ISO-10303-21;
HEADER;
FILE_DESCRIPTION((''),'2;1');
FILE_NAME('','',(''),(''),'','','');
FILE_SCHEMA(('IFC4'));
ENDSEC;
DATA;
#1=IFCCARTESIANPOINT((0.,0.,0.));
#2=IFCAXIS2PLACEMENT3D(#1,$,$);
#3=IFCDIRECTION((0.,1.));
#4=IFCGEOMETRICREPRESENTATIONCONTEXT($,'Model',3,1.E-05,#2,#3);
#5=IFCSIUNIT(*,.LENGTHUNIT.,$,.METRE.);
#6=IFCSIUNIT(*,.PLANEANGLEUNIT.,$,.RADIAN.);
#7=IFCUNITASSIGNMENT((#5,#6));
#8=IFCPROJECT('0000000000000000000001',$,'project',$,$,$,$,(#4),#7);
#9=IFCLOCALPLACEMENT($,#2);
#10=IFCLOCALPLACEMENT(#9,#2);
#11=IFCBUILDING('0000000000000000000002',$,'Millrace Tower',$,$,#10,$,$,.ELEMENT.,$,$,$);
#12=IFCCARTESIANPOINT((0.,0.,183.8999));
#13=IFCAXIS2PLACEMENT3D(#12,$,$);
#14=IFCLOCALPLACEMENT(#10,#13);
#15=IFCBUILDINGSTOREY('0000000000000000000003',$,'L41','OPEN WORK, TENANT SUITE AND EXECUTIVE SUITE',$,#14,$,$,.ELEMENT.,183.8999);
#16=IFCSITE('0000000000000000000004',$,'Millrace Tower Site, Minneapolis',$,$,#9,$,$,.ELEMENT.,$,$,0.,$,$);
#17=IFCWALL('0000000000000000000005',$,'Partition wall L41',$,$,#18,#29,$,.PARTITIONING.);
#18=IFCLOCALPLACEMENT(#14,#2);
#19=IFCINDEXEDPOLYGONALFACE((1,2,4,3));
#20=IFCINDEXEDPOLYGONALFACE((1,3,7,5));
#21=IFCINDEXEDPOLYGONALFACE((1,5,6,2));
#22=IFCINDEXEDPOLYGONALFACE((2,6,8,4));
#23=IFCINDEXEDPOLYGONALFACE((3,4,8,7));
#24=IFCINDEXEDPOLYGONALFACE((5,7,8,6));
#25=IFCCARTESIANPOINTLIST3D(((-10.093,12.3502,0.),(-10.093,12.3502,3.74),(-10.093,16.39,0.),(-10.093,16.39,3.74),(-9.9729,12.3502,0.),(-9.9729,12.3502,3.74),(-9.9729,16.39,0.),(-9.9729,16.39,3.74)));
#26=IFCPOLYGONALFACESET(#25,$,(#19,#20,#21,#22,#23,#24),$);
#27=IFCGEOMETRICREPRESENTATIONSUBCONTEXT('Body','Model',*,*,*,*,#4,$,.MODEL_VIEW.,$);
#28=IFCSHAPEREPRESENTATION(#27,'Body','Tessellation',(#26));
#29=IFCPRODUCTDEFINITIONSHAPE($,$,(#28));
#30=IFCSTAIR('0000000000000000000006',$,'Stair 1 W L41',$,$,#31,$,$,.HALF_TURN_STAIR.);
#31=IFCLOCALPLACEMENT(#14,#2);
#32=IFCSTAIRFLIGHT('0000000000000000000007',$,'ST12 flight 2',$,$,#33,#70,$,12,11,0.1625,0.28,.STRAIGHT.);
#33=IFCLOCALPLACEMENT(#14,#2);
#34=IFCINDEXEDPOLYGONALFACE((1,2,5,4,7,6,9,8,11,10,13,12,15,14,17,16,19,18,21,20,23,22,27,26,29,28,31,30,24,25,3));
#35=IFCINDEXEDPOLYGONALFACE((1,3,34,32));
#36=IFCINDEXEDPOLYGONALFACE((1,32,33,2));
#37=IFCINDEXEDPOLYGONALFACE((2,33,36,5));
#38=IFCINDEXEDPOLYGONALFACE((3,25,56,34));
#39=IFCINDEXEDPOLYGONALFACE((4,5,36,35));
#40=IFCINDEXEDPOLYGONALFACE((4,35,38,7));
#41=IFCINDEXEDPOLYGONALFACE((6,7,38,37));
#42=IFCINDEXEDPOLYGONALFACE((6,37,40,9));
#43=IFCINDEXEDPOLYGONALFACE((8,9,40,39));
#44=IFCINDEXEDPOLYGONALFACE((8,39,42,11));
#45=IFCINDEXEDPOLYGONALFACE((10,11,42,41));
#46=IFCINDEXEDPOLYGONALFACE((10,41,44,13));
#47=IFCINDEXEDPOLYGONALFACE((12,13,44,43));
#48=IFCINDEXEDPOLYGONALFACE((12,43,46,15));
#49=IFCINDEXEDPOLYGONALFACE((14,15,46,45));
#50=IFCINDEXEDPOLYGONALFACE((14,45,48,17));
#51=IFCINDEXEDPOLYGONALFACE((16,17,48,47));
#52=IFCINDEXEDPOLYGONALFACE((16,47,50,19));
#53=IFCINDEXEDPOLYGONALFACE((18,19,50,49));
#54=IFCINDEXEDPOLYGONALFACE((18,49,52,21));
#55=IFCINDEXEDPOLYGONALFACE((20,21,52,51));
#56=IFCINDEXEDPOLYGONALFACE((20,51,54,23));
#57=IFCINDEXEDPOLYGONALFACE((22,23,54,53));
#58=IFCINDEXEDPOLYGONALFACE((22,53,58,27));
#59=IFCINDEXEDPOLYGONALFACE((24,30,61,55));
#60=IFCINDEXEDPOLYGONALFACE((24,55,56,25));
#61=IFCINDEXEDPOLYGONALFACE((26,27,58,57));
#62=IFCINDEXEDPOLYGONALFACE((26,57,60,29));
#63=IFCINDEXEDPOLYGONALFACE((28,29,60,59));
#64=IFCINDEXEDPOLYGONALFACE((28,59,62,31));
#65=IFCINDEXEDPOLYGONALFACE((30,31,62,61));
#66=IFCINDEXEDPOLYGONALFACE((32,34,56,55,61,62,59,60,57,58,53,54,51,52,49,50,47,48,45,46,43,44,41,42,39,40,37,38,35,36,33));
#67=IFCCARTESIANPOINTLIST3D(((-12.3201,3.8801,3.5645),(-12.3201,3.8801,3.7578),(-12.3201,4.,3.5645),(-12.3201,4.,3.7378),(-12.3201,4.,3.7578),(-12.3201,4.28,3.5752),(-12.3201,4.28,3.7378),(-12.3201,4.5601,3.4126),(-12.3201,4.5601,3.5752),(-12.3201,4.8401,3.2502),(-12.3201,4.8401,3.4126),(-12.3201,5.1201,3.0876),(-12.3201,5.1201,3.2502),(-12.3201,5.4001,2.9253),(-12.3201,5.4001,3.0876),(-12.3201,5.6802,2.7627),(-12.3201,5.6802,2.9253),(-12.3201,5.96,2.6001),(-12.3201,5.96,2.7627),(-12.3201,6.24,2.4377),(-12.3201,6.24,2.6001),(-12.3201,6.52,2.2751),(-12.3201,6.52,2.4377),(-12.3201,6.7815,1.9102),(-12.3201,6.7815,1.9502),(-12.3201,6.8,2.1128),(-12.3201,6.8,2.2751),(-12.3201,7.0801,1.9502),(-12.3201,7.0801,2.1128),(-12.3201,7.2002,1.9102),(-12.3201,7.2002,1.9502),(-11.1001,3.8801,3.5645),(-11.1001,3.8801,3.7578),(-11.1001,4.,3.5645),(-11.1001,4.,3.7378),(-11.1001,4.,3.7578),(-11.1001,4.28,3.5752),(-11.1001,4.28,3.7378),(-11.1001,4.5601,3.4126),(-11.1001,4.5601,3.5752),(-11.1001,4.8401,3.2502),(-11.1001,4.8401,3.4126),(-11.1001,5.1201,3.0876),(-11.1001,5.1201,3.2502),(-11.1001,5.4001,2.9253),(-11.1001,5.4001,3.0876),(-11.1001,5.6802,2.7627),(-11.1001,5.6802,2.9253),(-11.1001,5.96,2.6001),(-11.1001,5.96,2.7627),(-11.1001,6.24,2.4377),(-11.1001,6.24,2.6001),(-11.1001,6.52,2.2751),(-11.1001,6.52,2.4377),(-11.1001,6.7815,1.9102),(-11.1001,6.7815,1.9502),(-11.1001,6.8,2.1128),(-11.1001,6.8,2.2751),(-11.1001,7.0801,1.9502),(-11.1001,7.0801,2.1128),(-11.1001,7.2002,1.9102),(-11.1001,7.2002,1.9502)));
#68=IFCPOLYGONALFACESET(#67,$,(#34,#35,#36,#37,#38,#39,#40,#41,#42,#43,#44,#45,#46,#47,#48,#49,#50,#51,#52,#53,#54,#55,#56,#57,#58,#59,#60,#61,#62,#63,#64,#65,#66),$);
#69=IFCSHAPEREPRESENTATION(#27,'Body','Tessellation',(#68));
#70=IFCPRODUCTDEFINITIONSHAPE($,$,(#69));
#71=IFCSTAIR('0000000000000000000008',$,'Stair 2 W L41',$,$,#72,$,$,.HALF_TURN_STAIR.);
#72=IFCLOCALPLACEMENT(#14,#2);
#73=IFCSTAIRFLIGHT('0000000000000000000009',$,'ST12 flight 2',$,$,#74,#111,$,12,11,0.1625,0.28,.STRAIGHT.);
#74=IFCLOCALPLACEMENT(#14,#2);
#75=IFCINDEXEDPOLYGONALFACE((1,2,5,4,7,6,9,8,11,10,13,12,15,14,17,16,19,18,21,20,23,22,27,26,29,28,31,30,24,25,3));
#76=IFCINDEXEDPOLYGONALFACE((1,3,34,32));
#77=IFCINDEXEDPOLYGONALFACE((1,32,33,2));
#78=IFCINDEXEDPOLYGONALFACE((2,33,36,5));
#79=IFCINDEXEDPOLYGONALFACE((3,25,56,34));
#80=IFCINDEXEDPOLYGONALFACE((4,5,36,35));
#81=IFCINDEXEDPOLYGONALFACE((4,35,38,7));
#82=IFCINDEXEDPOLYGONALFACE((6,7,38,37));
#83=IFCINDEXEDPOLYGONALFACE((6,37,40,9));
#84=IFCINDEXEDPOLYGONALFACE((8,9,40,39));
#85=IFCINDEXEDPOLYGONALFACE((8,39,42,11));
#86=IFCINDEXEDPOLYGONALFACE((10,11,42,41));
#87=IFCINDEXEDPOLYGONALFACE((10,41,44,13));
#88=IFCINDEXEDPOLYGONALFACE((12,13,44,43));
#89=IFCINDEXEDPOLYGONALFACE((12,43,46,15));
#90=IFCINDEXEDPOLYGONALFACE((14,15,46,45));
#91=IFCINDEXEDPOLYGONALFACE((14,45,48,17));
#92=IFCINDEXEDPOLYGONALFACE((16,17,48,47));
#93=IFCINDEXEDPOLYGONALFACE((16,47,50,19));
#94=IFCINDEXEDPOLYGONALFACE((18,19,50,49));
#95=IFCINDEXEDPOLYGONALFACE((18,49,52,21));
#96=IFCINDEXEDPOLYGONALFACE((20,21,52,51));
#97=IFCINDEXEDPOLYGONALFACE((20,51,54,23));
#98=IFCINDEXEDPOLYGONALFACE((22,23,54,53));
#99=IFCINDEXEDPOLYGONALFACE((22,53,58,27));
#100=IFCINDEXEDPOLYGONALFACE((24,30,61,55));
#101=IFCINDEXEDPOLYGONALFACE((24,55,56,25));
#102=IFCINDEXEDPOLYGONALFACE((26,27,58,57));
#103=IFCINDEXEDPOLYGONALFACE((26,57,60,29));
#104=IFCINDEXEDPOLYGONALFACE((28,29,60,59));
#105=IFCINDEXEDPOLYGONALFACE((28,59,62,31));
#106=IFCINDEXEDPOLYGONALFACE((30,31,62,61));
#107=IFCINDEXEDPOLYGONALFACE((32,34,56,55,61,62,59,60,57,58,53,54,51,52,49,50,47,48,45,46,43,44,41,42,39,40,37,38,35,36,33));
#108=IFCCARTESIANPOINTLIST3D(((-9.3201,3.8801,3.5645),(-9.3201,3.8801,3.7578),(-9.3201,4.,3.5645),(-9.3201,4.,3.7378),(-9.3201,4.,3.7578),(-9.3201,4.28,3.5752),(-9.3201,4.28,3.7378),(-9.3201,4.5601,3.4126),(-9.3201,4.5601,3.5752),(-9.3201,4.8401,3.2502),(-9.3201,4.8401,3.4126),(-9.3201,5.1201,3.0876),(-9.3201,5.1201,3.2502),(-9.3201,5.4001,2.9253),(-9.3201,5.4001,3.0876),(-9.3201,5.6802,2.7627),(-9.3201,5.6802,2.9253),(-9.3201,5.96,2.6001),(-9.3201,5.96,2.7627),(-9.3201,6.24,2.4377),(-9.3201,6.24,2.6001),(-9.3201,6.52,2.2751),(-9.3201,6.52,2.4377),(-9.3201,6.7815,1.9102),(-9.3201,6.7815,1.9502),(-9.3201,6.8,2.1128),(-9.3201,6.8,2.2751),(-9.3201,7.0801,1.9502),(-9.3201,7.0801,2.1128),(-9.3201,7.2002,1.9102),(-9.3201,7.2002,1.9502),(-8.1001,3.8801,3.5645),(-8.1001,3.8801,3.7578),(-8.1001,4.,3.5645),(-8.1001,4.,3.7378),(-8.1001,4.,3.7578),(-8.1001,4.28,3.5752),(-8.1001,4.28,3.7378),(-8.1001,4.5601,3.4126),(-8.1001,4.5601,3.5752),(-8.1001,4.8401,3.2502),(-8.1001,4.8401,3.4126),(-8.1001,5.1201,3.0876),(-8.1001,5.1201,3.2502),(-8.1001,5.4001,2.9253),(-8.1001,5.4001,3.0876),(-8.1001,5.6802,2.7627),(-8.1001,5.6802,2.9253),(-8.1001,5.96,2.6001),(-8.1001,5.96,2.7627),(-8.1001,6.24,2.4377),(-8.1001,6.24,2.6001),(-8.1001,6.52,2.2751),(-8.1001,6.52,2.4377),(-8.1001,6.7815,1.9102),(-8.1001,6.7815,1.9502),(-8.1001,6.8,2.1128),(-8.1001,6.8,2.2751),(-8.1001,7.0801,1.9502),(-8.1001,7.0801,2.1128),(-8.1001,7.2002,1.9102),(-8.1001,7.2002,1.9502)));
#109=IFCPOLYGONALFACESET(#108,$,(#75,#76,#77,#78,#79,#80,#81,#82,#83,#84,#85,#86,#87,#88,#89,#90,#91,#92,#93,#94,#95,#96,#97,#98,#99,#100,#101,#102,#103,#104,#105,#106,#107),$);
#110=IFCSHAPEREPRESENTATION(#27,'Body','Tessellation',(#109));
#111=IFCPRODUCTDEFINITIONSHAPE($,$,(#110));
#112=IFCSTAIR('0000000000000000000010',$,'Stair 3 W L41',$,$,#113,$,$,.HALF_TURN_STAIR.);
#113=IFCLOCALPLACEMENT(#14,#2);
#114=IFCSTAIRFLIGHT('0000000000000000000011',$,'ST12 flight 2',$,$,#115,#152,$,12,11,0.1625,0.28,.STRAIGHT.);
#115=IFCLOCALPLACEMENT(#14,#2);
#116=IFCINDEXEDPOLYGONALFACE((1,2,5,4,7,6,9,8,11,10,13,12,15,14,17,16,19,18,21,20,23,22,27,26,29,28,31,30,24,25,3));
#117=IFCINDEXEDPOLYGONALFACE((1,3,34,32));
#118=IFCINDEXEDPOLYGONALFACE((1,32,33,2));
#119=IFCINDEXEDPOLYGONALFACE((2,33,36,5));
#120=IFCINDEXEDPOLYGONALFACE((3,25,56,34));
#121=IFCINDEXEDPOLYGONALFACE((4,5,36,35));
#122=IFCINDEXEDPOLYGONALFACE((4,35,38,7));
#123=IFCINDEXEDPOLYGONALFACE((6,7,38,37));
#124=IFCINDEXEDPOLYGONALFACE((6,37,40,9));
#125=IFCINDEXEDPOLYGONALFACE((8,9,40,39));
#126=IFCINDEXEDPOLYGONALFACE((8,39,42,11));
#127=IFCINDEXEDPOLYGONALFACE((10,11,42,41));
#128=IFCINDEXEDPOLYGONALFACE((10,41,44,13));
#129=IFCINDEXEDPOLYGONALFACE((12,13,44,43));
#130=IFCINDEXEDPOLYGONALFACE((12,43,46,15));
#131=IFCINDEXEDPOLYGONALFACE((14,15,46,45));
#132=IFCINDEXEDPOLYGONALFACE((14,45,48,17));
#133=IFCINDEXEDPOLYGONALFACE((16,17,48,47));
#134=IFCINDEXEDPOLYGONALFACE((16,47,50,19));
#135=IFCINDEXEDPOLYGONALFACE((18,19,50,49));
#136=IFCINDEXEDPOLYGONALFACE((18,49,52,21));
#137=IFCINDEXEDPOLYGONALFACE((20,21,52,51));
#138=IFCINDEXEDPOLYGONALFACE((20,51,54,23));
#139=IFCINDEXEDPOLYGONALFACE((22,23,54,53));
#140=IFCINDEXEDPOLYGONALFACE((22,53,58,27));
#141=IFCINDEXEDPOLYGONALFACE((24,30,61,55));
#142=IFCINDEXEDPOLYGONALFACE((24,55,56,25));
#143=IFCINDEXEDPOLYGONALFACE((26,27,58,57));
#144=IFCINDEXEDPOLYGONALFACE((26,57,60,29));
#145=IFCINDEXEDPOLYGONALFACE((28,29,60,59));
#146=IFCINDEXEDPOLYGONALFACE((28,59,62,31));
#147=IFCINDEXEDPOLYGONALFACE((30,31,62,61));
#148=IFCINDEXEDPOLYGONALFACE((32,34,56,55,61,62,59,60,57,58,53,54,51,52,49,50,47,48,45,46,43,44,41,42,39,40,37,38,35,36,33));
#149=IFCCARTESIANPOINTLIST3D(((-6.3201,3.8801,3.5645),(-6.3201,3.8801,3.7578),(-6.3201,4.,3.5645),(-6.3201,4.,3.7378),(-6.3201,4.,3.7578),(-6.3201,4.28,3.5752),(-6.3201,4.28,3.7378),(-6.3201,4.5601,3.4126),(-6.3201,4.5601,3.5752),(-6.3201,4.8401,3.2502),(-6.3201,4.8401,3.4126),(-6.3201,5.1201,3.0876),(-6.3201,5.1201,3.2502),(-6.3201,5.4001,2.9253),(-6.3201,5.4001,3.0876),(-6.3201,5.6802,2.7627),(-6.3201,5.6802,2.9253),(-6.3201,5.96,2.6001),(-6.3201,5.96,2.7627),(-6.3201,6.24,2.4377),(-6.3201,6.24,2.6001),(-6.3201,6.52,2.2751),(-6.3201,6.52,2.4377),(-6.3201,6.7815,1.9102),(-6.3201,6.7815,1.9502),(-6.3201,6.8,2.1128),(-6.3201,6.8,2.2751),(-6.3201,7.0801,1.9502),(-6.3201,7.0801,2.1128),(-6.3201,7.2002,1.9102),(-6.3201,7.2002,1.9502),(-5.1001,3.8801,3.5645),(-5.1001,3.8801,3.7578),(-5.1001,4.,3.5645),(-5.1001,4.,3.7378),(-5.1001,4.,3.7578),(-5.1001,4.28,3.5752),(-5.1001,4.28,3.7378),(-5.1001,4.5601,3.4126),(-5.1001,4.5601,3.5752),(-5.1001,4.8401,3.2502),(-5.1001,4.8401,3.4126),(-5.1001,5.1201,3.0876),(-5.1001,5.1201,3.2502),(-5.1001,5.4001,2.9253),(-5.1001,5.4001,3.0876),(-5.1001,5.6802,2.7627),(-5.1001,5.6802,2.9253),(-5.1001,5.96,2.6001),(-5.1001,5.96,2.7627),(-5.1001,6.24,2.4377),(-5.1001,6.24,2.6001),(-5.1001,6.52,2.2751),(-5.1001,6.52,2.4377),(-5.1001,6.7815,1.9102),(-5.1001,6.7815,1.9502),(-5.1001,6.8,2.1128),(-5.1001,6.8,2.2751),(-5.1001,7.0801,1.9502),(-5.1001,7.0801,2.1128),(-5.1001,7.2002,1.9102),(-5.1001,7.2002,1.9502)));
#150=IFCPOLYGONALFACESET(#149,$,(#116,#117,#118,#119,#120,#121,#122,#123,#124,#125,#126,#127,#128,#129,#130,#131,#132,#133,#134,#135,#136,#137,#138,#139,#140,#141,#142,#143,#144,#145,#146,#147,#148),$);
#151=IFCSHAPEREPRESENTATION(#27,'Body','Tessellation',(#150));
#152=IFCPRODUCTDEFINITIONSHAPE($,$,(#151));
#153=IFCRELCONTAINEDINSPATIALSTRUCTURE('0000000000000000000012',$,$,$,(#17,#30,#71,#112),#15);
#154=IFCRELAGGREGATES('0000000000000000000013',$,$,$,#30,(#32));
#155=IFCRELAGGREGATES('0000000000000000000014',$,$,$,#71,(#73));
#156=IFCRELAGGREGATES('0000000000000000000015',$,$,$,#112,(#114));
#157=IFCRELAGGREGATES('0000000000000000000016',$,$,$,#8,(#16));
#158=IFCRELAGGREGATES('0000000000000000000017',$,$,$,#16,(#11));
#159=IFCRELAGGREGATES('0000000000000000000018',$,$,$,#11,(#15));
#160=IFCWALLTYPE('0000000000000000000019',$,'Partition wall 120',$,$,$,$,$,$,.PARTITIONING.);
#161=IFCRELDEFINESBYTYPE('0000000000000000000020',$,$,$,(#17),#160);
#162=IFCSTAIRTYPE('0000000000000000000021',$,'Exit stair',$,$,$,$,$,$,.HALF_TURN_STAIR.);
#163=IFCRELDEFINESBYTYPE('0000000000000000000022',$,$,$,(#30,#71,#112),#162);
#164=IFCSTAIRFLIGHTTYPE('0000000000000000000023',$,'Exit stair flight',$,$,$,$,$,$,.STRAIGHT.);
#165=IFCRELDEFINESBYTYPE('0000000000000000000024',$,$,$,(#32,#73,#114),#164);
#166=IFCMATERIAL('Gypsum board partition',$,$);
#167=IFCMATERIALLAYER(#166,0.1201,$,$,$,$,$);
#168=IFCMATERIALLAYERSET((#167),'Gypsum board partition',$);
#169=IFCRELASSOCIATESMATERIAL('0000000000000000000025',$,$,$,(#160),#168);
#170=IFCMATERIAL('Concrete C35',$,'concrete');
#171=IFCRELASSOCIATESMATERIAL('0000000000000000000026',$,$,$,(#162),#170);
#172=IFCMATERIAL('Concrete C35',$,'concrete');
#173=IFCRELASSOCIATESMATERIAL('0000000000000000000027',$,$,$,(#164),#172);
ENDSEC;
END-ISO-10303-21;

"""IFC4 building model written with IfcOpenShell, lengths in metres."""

from ifc_helpers import new_model, si_unit, direction, frame, frame_2d, origin, place, context, subcontext, project, spatial, polyline, rectangle, outline, extrude, material, layer, layer_set, type_object, element, aggregate, save


model = new_model("IFC4")

# Units and contexts
model_context = context("Model", 3, precision=1e-05, world=origin(), true_north=direction((0.0, 1.0)))
body_context = subcontext(model_context, "Body", "Model", "MODEL_VIEW")
ifc_project = project(units=[si_unit("LENGTHUNIT", "METRE"), si_unit("PLANEANGLEUNIT", "RADIAN")], contexts=[model_context])

# Site, building, storey
site_placement = place(None, origin())
site = spatial("IfcSite", under=ifc_project, at=site_placement, Name="Millrace Tower Site, Minneapolis", CompositionType="ELEMENT", RefElevation=0.0)
building_placement = place(site_placement, origin())
building = spatial("IfcBuilding", under=site, at=building_placement, Name="Millrace Tower", CompositionType="ELEMENT")
storey_placement = place(building_placement, frame((0.0, 0.0, 183.8999)))
storey = spatial("IfcBuildingStorey", under=building, at=storey_placement, Name="L41", Description="OPEN WORK, TENANT SUITE AND EXECUTIVE SUITE", CompositionType="ELEMENT", Elevation=183.8999)

# Shared definitions
placement = place(storey_placement, origin())

# Wall
ifc_material_1 = material(Name="Gypsum board partition")
ifc_layer_1 = layer(ifc_material_1, 0.1201)
ifc_layer_set_1 = layer_set([ifc_layer_1], Name="Gypsum board partition")
wall_type_1 = type_object("IfcWallType", Name="Partition wall 120", PredefinedType="PARTITIONING", material=ifc_layer_set_1)
wall_1_placement = place(storey_placement, frame((-10.033, 12.3501, 0.0), z_axis=(0.0, 0.0, 1.0), x_axis=(0.0, 1.0, 0.0)))
element("IfcWall", 1, at=wall_1_placement, inside=storey, type_object=wall_type_1, Name="Partition wall L41", PredefinedType="PARTITIONING", context=body_context, shape_type="SweptSolid", body=[
    extrude(rectangle(XDim=4.0398, YDim=0.1201, at=frame_2d((2.02, 0.0))), origin(), (0.0, 0.0, 1.0), 3.74),
])

# Stairs, stair flights
ifc_material_2 = material(Name="Concrete C35", Category="concrete")
stair_type = type_object("IfcStairType", Name="Exit stair", PredefinedType="HALF_TURN_STAIR", material=ifc_material_2)
stair_1 = element("IfcStair", 2, at=placement, inside=storey, type_object=stair_type, Name="Stair 1 W L41", PredefinedType="HALF_TURN_STAIR")
ifc_material_3 = material(Name="Concrete C35", Category="concrete")
stair_flight_type = type_object("IfcStairFlightType", Name="Exit stair flight", PredefinedType="STRAIGHT", material=ifc_material_3)
stair_flight_1_placement = place(storey_placement, frame((-11.71, 7.0801, 1.9502), z_axis=(0.0, 0.0, 1.0), x_axis=(0.0, -1.0, 0.0)))
stair_flight_1 = element("IfcStairFlight", 3, at=stair_flight_1_placement, type_object=stair_flight_type, Name="ST12 flight 2", NumberOfRisers=12, NumberOfTreads=11, PredefinedType="STRAIGHT", RiserHeight=0.1625, TreadLength=0.28, context=body_context, shape_type="SweptSolid", body=[
    extrude(outline(polyline([(-0.1201, -0.04), (-0.1201, 0.0), (0.0, 0.0), (0.0, 0.1626), (0.28, 0.1626), (0.28, 0.325), (0.5601, 0.325), (0.5601, 0.4875), (0.8401, 0.4875), (0.8401, 0.6499), (1.1201, 0.6499), (1.1201, 0.8125), (1.3999, 0.8125), (1.3999, 0.9751), (1.6799, 0.9751), (1.6799, 1.1375), (1.96, 1.1375), (1.96, 1.3), (2.24, 1.3), (2.24, 1.4624), (2.52, 1.4624), (2.52, 1.625), (2.8, 1.625), (2.8, 1.7876), (3.0801, 1.7876), (3.0801, 1.8076), (3.2, 1.8076), (3.2, 1.6143), (3.0801, 1.6143), (0.2986, 0.0), (0.2986, -0.04), (-0.1201, -0.04)])), frame((0.0, 0.6099, 0.0), z_axis=(0.0, -1.0, 0.0), x_axis=(1.0, 0.0, 0.0)), (0.0, 0.0, 1.0), 1.22),
])
aggregate(stair_1, [stair_flight_1])
stair_2 = element("IfcStair", 4, at=placement, inside=storey, type_object=stair_type, Name="Stair 2 W L41", PredefinedType="HALF_TURN_STAIR")
stair_flight_2_placement = place(storey_placement, frame((-8.71, 7.0801, 1.9502), z_axis=(0.0, 0.0, 1.0), x_axis=(0.0, -1.0, 0.0)))
stair_flight_2 = element("IfcStairFlight", 5, at=stair_flight_2_placement, type_object=stair_flight_type, Name="ST12 flight 2", NumberOfRisers=12, NumberOfTreads=11, PredefinedType="STRAIGHT", RiserHeight=0.1625, TreadLength=0.28, context=body_context, shape_type="SweptSolid", body=[
    extrude(outline(polyline([(-0.1201, -0.04), (-0.1201, 0.0), (0.0, 0.0), (0.0, 0.1626), (0.28, 0.1626), (0.28, 0.325), (0.5601, 0.325), (0.5601, 0.4875), (0.8401, 0.4875), (0.8401, 0.6499), (1.1201, 0.6499), (1.1201, 0.8125), (1.3999, 0.8125), (1.3999, 0.9751), (1.6799, 0.9751), (1.6799, 1.1375), (1.96, 1.1375), (1.96, 1.3), (2.24, 1.3), (2.24, 1.4624), (2.52, 1.4624), (2.52, 1.625), (2.8, 1.625), (2.8, 1.7876), (3.0801, 1.7876), (3.0801, 1.8076), (3.2, 1.8076), (3.2, 1.6143), (3.0801, 1.6143), (0.2986, 0.0), (0.2986, -0.04), (-0.1201, -0.04)])), frame((0.0, 0.6099, 0.0), z_axis=(0.0, -1.0, 0.0), x_axis=(1.0, 0.0, 0.0)), (0.0, 0.0, 1.0), 1.22),
])
aggregate(stair_2, [stair_flight_2])
stair_3 = element("IfcStair", 6, at=placement, inside=storey, type_object=stair_type, Name="Stair 3 W L41", PredefinedType="HALF_TURN_STAIR")
stair_flight_3_placement = place(storey_placement, frame((-5.71, 7.0801, 1.9502), z_axis=(0.0, 0.0, 1.0), x_axis=(0.0, -1.0, 0.0)))
stair_flight_3 = element("IfcStairFlight", 7, at=stair_flight_3_placement, type_object=stair_flight_type, Name="ST12 flight 2", NumberOfRisers=12, NumberOfTreads=11, PredefinedType="STRAIGHT", RiserHeight=0.1625, TreadLength=0.28, context=body_context, shape_type="SweptSolid", body=[
    extrude(outline(polyline([(-0.1201, -0.04), (-0.1201, 0.0), (0.0, 0.0), (0.0, 0.1626), (0.28, 0.1626), (0.28, 0.325), (0.5601, 0.325), (0.5601, 0.4875), (0.8401, 0.4875), (0.8401, 0.6499), (1.1201, 0.6499), (1.1201, 0.8125), (1.3999, 0.8125), (1.3999, 0.9751), (1.6799, 0.9751), (1.6799, 1.1375), (1.96, 1.1375), (1.96, 1.3), (2.24, 1.3), (2.24, 1.4624), (2.52, 1.4624), (2.52, 1.625), (2.8, 1.625), (2.8, 1.7876), (3.0801, 1.7876), (3.0801, 1.8076), (3.2, 1.8076), (3.2, 1.6143), (3.0801, 1.6143), (0.2986, 0.0), (0.2986, -0.04), (-0.1201, -0.04)])), frame((0.0, 0.6099, 0.0), z_axis=(0.0, -1.0, 0.0), x_axis=(1.0, 0.0, 0.0)), (0.0, 0.0, 1.0), 1.22),
])
aggregate(stair_3, [stair_flight_3])

save(model, "model.ifc")
